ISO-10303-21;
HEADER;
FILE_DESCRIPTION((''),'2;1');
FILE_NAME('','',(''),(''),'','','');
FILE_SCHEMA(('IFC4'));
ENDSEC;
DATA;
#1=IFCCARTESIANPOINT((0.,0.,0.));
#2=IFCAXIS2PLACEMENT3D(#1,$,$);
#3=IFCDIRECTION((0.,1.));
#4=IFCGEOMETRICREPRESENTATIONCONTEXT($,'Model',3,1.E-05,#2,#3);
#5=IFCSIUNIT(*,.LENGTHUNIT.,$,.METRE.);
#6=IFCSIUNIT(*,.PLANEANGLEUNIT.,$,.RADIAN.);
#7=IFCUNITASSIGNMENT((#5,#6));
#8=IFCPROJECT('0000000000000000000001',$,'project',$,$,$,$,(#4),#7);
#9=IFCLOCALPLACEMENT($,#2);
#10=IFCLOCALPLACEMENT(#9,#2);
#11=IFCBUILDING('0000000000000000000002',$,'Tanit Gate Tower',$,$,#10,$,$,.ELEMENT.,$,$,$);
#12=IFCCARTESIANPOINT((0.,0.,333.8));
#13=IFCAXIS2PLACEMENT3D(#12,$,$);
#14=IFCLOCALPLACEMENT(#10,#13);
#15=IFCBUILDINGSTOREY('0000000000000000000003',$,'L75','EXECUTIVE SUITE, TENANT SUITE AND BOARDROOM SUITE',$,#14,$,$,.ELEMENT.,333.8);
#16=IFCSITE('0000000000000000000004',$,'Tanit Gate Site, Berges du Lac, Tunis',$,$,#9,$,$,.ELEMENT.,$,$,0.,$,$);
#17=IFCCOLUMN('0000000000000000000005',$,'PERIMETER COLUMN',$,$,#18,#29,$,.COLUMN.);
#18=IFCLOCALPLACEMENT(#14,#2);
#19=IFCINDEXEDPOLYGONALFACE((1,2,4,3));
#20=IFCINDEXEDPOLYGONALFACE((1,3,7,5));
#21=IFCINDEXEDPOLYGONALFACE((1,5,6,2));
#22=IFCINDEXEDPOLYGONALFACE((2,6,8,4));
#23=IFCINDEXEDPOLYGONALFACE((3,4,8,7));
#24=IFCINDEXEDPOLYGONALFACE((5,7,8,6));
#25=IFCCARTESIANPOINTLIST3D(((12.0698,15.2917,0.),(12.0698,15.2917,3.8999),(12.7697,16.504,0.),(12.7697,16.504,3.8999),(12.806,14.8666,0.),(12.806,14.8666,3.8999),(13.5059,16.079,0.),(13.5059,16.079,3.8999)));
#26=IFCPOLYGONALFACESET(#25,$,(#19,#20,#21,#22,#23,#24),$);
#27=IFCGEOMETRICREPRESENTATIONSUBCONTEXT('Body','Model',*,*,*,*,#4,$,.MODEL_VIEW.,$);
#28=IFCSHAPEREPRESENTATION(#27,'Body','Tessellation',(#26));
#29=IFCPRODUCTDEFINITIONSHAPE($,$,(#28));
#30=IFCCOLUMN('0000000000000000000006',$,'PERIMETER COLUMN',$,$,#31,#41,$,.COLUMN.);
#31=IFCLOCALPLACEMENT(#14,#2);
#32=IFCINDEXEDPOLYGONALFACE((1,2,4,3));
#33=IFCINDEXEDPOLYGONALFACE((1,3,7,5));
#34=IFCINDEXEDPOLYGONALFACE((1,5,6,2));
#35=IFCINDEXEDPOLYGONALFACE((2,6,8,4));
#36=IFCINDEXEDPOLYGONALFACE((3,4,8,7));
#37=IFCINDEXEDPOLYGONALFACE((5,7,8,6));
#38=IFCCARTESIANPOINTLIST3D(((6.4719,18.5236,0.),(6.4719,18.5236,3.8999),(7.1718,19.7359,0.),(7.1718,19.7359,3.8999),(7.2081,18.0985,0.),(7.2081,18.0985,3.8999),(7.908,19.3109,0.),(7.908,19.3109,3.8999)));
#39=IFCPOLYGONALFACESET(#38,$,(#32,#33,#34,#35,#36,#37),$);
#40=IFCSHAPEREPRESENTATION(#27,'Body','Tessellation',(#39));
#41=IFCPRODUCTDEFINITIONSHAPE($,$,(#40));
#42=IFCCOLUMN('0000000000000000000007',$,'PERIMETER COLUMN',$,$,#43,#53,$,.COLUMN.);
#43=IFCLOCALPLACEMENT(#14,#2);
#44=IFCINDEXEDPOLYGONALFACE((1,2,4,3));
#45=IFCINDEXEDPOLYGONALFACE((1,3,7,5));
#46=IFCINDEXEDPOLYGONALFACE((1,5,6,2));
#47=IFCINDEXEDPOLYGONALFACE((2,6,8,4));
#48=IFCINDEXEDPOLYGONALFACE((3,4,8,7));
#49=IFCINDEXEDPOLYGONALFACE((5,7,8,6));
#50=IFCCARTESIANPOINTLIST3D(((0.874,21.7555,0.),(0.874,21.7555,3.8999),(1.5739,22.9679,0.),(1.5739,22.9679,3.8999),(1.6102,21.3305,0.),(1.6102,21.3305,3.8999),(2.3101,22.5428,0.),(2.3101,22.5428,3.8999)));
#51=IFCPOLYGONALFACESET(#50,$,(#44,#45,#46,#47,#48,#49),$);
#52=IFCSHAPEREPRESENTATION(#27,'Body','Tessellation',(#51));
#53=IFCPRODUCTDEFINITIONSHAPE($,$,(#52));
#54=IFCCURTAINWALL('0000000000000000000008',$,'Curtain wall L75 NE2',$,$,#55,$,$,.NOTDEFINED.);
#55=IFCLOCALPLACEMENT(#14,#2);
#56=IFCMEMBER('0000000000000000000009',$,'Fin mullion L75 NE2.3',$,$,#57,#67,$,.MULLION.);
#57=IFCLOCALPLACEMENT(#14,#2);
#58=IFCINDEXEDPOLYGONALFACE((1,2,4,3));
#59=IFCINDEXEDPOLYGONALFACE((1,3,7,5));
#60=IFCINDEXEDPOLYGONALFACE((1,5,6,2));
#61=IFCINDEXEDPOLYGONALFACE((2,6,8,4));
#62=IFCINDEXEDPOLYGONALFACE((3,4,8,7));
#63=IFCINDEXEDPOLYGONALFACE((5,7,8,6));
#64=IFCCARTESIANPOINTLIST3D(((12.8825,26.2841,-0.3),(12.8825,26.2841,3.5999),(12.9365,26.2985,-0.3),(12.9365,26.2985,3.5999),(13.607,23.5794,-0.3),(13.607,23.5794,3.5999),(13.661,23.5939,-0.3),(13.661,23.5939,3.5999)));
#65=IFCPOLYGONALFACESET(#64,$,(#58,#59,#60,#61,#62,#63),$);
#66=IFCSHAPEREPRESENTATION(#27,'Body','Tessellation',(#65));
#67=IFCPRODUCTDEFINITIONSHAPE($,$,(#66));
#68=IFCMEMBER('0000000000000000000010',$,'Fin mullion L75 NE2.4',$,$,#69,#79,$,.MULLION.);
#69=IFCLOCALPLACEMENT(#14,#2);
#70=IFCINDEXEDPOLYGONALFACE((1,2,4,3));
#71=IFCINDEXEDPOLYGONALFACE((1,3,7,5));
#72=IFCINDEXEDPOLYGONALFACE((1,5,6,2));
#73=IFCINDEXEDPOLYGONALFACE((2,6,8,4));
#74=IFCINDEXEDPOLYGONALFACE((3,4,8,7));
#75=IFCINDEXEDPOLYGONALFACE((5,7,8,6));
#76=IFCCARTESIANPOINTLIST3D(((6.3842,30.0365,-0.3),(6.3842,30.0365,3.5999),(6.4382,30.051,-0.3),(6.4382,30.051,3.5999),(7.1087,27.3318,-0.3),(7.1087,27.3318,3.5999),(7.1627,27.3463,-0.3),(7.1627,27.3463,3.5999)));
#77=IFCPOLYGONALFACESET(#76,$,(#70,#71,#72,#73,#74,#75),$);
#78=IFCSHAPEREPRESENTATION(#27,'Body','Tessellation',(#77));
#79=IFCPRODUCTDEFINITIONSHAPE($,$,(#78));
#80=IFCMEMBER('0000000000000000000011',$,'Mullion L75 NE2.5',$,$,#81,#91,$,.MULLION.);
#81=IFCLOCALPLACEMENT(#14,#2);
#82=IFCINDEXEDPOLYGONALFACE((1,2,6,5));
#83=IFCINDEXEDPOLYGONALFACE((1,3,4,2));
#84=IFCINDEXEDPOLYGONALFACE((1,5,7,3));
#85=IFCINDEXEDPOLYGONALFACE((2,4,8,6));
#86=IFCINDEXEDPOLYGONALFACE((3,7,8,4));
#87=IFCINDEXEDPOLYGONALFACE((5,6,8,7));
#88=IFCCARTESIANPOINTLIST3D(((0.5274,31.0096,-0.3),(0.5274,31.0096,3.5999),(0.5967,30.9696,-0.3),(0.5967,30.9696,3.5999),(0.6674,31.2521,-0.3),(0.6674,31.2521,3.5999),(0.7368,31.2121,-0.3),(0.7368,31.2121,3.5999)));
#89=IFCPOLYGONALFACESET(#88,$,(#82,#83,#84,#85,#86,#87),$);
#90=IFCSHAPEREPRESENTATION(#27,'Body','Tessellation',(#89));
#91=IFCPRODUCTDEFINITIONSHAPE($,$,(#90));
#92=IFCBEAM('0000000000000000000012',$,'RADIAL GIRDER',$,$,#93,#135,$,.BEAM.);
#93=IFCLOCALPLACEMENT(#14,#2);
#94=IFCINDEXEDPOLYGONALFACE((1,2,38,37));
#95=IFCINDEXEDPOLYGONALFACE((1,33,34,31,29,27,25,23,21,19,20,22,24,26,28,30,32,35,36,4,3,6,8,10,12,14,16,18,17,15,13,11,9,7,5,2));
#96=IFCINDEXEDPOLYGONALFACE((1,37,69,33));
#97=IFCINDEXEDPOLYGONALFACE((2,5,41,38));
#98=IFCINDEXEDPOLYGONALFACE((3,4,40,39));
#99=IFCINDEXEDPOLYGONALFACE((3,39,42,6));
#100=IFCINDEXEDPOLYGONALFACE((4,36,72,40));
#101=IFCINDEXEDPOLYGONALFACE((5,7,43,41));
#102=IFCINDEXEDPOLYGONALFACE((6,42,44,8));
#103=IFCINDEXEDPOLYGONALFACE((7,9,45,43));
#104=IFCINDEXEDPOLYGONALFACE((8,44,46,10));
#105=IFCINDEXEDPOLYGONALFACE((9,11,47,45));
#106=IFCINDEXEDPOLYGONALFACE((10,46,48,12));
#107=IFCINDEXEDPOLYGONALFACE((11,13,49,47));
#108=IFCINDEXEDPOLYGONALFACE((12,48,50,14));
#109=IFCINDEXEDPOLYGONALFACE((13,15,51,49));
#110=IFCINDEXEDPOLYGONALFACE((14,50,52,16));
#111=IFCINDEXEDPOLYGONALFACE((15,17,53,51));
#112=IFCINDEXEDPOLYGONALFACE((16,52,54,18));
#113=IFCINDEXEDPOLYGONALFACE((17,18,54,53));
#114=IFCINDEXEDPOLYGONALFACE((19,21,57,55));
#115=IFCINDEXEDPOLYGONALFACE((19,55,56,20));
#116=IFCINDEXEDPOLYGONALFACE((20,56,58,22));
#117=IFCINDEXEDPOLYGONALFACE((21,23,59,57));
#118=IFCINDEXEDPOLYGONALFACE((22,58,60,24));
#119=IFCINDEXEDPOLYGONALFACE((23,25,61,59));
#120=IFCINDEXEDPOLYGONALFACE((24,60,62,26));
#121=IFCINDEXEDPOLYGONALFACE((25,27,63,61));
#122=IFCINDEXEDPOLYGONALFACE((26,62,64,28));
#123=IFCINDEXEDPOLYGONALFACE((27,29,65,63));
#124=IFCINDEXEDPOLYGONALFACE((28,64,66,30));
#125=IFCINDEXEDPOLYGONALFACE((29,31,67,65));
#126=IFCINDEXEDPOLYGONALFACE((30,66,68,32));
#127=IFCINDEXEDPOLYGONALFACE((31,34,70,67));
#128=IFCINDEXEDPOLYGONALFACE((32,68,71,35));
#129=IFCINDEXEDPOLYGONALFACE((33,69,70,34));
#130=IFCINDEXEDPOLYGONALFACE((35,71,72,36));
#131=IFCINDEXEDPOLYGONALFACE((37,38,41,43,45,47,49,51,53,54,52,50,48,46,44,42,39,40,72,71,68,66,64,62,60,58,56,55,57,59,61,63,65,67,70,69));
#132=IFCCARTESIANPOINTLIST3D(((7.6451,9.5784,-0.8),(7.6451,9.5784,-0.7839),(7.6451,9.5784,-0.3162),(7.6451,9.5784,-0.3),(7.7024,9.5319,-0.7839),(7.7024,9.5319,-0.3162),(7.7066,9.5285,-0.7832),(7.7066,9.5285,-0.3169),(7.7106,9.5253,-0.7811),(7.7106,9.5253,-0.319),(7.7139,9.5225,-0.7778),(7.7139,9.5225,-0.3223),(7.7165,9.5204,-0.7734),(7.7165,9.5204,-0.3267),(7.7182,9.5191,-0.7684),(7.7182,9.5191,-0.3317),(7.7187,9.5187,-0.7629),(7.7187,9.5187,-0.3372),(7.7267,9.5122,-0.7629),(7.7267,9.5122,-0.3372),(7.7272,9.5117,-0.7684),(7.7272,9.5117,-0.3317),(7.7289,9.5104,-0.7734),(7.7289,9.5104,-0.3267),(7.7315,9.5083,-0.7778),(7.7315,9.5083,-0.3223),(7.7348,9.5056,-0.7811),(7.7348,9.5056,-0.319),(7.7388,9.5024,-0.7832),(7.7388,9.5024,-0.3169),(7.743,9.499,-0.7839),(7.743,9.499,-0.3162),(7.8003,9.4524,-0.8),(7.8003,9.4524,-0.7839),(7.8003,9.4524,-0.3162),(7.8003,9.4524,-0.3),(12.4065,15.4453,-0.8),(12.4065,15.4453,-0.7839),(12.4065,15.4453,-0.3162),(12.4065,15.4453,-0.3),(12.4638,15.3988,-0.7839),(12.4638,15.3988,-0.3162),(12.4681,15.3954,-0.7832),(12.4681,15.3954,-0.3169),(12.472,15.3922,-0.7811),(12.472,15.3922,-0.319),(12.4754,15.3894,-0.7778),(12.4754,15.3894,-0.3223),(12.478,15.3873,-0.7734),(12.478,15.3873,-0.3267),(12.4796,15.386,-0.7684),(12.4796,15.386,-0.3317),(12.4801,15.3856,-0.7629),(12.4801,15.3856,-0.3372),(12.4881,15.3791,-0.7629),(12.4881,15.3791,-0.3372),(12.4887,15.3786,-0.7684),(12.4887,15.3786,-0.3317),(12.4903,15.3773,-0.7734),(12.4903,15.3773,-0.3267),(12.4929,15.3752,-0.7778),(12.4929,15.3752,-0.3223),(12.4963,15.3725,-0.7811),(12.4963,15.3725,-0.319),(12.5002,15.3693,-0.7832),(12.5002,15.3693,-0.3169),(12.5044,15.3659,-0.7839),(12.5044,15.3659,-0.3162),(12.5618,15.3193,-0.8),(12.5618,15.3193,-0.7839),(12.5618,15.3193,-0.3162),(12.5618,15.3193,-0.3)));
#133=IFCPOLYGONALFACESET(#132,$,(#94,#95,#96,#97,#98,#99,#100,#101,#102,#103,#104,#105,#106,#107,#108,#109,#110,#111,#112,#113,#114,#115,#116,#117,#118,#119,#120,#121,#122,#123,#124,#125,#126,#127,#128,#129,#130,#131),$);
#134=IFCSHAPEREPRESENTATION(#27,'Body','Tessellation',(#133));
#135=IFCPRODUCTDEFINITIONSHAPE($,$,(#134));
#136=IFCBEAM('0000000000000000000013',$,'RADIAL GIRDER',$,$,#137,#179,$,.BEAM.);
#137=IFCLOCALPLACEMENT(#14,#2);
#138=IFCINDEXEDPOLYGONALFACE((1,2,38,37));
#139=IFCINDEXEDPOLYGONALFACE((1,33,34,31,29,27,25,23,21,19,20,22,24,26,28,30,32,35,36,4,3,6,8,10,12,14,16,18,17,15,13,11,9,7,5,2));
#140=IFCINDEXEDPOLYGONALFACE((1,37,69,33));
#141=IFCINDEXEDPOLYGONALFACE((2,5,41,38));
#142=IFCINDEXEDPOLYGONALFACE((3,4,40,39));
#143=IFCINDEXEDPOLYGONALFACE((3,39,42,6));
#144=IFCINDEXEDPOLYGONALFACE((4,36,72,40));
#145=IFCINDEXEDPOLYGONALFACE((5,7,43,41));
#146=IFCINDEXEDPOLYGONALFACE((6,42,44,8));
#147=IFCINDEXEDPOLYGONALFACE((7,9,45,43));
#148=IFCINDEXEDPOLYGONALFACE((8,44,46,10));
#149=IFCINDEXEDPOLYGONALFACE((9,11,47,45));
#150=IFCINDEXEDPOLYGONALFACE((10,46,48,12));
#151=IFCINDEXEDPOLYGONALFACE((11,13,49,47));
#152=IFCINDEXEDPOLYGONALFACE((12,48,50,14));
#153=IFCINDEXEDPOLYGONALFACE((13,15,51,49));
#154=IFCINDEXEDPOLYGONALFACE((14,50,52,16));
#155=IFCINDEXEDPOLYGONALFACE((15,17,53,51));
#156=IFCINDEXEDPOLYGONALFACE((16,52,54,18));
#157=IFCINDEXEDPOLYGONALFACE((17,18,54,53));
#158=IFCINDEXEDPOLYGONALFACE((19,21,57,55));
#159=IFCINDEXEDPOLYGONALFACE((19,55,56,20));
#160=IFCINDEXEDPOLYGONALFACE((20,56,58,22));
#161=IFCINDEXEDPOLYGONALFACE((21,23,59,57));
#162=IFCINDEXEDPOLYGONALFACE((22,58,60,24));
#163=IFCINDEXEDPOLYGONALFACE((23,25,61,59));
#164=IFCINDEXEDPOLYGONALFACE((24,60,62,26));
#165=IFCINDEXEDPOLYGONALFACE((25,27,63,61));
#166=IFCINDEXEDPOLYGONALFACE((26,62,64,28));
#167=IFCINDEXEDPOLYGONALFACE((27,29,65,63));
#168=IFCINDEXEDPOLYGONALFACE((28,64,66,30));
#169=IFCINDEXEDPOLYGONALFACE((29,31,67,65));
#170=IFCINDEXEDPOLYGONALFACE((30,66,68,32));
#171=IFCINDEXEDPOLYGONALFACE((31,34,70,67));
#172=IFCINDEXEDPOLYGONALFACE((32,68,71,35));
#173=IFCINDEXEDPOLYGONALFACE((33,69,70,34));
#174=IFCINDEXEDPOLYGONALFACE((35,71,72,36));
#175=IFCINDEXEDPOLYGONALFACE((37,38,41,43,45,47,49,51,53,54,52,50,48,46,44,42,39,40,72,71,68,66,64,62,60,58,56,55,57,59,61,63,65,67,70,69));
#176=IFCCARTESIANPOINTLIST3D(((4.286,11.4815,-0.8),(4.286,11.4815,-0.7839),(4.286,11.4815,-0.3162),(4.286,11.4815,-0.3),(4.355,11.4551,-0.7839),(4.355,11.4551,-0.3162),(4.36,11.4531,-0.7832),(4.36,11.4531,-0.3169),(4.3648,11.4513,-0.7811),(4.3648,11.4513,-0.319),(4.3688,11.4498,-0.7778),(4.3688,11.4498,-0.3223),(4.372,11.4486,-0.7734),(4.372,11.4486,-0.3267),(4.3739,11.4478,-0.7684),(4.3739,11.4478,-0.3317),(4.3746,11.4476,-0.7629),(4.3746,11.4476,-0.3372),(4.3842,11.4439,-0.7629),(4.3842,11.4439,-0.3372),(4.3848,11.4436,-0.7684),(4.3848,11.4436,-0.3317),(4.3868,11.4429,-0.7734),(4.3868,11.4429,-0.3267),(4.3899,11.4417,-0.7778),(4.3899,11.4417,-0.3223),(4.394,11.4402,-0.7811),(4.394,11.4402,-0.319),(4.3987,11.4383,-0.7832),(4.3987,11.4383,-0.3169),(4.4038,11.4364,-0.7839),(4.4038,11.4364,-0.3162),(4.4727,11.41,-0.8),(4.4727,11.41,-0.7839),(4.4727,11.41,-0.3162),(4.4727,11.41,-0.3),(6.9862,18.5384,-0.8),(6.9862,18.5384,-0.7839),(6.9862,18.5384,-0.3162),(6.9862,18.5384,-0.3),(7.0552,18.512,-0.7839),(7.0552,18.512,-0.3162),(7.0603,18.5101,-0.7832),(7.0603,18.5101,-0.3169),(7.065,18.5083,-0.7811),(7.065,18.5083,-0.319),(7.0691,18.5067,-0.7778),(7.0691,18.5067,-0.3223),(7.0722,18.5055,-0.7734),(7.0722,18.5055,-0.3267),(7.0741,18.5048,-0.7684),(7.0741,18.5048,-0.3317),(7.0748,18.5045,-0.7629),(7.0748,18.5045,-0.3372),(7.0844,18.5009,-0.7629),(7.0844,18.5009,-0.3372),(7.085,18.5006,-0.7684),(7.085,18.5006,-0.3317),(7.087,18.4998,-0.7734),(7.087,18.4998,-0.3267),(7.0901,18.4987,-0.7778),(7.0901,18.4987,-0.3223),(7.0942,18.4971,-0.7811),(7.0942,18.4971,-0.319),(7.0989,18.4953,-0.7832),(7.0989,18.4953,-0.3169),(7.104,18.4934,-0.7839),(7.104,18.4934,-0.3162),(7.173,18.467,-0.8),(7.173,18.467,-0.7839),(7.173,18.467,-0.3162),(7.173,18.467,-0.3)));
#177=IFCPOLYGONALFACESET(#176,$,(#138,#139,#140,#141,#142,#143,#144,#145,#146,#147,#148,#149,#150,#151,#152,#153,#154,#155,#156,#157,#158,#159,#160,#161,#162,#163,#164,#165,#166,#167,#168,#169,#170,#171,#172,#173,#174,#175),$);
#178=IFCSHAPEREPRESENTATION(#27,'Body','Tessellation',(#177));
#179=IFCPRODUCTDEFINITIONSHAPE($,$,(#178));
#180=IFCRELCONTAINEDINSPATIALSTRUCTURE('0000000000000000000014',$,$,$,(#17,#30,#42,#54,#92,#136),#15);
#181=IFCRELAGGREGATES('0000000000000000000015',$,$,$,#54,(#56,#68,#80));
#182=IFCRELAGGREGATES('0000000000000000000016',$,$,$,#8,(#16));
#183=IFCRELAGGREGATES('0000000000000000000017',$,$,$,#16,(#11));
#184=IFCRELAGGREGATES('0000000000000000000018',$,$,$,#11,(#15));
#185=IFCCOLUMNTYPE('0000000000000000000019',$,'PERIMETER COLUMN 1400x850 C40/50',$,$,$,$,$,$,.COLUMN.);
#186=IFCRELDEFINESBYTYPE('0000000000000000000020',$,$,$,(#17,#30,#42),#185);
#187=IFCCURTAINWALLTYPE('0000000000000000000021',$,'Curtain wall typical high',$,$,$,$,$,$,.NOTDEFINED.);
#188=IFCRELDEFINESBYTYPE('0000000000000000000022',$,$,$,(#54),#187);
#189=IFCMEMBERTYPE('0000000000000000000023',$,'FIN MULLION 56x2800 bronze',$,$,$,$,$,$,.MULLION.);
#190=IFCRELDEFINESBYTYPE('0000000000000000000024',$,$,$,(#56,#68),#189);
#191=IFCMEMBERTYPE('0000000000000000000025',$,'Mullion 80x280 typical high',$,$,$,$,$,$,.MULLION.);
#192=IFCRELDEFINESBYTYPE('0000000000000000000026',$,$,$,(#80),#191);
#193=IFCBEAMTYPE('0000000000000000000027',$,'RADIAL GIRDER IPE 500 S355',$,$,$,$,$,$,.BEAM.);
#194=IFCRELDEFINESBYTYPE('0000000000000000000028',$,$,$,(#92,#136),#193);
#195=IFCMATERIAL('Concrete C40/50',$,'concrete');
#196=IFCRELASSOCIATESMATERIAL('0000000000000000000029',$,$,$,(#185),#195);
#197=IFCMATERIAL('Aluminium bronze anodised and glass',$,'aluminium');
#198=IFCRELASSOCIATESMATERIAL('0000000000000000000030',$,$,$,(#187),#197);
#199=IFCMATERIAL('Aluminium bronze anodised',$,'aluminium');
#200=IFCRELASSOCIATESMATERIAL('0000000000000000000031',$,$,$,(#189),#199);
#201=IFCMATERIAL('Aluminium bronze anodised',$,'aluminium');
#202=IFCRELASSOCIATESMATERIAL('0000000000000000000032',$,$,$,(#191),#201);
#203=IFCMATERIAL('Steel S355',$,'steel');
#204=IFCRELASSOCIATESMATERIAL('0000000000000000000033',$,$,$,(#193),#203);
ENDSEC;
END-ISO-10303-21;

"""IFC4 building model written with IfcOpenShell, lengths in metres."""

from ifc_helpers import new_model, si_unit, direction, frame, origin, origin_2d, place, context, subcontext, project, spatial, rectangle, i_section, extrude, material, material_profile, profile_set, type_object, element, aggregate, save


model = new_model("IFC4")

# Units and contexts
model_context = context("Model", 3, precision=1e-05, world=origin(), true_north=direction((0.0, 1.0)))
body_context = subcontext(model_context, "Body", "Model", "MODEL_VIEW")
ifc_project = project(units=[si_unit("LENGTHUNIT", "METRE"), si_unit("PLANEANGLEUNIT", "RADIAN")], contexts=[model_context])

# Site, building, storey
site_placement = place(None, origin())
site = spatial("IfcSite", under=ifc_project, at=site_placement, Name="Tanit Gate Site, Berges du Lac, Tunis", CompositionType="ELEMENT", RefElevation=0.0)
building_placement = place(site_placement, origin())
building = spatial("IfcBuilding", under=site, at=building_placement, Name="Tanit Gate Tower", CompositionType="ELEMENT")
storey_placement = place(building_placement, frame((0.0, 0.0, 333.8)))
storey = spatial("IfcBuildingStorey", under=building, at=storey_placement, Name="L75", Description="EXECUTIVE SUITE, TENANT SUITE AND BOARDROOM SUITE", CompositionType="ELEMENT", Elevation=333.8)

# Columns
ifc_material_1 = material(Name="Concrete C40/50", Category="concrete")
ifc_material_profile_1 = material_profile(ifc_material_1, rectangle(XDim=1.3999, YDim=0.8501, at=origin_2d()), Name="RC 1400x850")
ifc_profile_set_1 = profile_set([ifc_material_profile_1], Name="Concrete C40/50")
column_type = type_object("IfcColumnType", Name="PERIMETER COLUMN 1400x850 C40/50", PredefinedType="COLUMN", material=ifc_profile_set_1)
for number, where, z_axis, x_axis, name in (
    (1, (12.7878, 15.6853, 0.0), (0.0, 0.0, 1.0), (0.5, 0.866025, 0.0), "PERIMETER COLUMN"),
    (2, (7.1899, 18.9172, 0.0), (0.0, 0.0, 1.0), (0.5, 0.866025, 0.0), "PERIMETER COLUMN"),
    (3, (1.592, 22.1492, 0.0), (0.0, 0.0, 1.0), (0.5, 0.866025, 0.0), "PERIMETER COLUMN"),
):
    element("IfcColumn", number, at=place(storey_placement, frame(where, z_axis=z_axis, x_axis=x_axis)), inside=storey, type_object=column_type, Name=name, PredefinedType="COLUMN", context=body_context, shape_type="SweptSolid", body=[
        extrude(rectangle(XDim=1.3999, YDim=0.8501, at=origin_2d()), origin(), (0.0, 0.0, 1.0), 3.8999),
    ])

# Curtain wall, members
ifc_material_2 = material(Name="Aluminium bronze anodised and glass", Category="aluminium")
curtain_wall_type = type_object("IfcCurtainWallType", Name="Curtain wall typical high", PredefinedType="NOTDEFINED", material=ifc_material_2)
curtain_wall_1_placement = place(storey_placement, origin())
curtain_wall_1 = element("IfcCurtainWall", 4, at=curtain_wall_1_placement, inside=storey, type_object=curtain_wall_type, Name="Curtain wall L75 NE2", PredefinedType="NOTDEFINED")
ifc_material_3 = material(Name="Aluminium bronze anodised", Category="aluminium")
ifc_material_profile_2 = material_profile(ifc_material_3, rectangle(XDim=2.8, YDim=0.0559, at=origin_2d()), Name="56x2800 bronze fin mullion")
ifc_profile_set_2 = profile_set([ifc_material_profile_2], Name="Aluminium bronze anodised")
member_type_1 = type_object("IfcMemberType", Name="FIN MULLION 56x2800 bronze", PredefinedType="MULLION", material=ifc_profile_set_2)
member_1_placement = place(storey_placement, frame((13.2717, 24.939, -0.3), z_axis=(0.0, 0.0, 1.0), x_axis=(0.258752, -0.965944, 0.0)))
member_1 = element("IfcMember", 5, at=member_1_placement, type_object=member_type_1, Name="Fin mullion L75 NE2.3", PredefinedType="MULLION", context=body_context, shape_type="SweptSolid", body=[
    extrude(rectangle(XDim=2.8, YDim=0.0559, at=origin_2d()), origin(), (0.0, 0.0, 1.0), 3.8999),
])
member_2_placement = place(storey_placement, frame((6.7734, 28.6914, -0.3), z_axis=(0.0, 0.0, 1.0), x_axis=(0.258752, -0.965944, 0.0)))
member_2 = element("IfcMember", 6, at=member_2_placement, type_object=member_type_1, Name="Fin mullion L75 NE2.4", PredefinedType="MULLION", context=body_context, shape_type="SweptSolid", body=[
    extrude(rectangle(XDim=2.8, YDim=0.0559, at=origin_2d()), origin(), (0.0, 0.0, 1.0), 3.8999),
])
ifc_material_4 = material(Name="Aluminium bronze anodised", Category="aluminium")
ifc_material_profile_3 = material_profile(ifc_material_4, rectangle(XDim=0.28, YDim=0.0801, at=origin_2d()), Name="80x280 bronze mullion")
ifc_profile_set_3 = profile_set([ifc_material_profile_3], Name="Aluminium bronze anodised")
member_type_2 = type_object("IfcMemberType", Name="Mullion 80x280 typical high", PredefinedType="MULLION", material=ifc_profile_set_3)
member_3_placement = place(storey_placement, frame((0.6321, 31.1108, -0.3), z_axis=(0.0, 0.0, 1.0), x_axis=(-0.50006, -0.865991, 0.0)))
member_3 = element("IfcMember", 7, at=member_3_placement, type_object=member_type_2, Name="Mullion L75 NE2.5", PredefinedType="MULLION", context=body_context, shape_type="SweptSolid", body=[
    extrude(rectangle(XDim=0.28, YDim=0.0801, at=origin_2d()), origin(), (0.0, 0.0, 1.0), 3.8999),
])

# Beams
ifc_material_5 = material(Name="Steel S355", Category="steel")
ifc_material_profile_4 = material_profile(ifc_material_5, i_section(OverallWidth=0.2, OverallDepth=0.5, WebThickness=0.0103, FlangeThickness=0.0161, FilletRadius=0.021, at=origin_2d()), Name="IPE 500")
ifc_profile_set_4 = profile_set([ifc_material_profile_4], Name="Steel S355")
beam_type_1 = type_object("IfcBeamType", Name="RADIAL GIRDER IPE 500 S355", PredefinedType="BEAM", material=ifc_profile_set_4)
for number, where, z_axis, x_axis, name in (
    (8, (12.4841, 15.3823, -0.55), (-0.630161, -0.776465, 0.0), (0.776465, -0.630161, 0.0), "RADIAL GIRDER"),
    (9, (7.0796, 18.5027, -0.55), (-0.357365, -0.933965, 0.0), (0.933965, -0.357365, 0.0), "RADIAL GIRDER"),
):
    element("IfcBeam", number, at=place(storey_placement, frame(where, z_axis=z_axis, x_axis=x_axis)), inside=storey, type_object=beam_type_1, Name=name, PredefinedType="BEAM", context=body_context, shape_type="SweptSolid", body=[
        extrude(i_section(OverallWidth=0.2, OverallDepth=0.5, WebThickness=0.0103, FlangeThickness=0.0161, FilletRadius=0.021, at=origin_2d()), origin(), (0.0, 0.0, 1.0), 7.5559),
    ])

aggregate(curtain_wall_1, [member_1, member_2, member_3])

save(model, "model.ifc")
